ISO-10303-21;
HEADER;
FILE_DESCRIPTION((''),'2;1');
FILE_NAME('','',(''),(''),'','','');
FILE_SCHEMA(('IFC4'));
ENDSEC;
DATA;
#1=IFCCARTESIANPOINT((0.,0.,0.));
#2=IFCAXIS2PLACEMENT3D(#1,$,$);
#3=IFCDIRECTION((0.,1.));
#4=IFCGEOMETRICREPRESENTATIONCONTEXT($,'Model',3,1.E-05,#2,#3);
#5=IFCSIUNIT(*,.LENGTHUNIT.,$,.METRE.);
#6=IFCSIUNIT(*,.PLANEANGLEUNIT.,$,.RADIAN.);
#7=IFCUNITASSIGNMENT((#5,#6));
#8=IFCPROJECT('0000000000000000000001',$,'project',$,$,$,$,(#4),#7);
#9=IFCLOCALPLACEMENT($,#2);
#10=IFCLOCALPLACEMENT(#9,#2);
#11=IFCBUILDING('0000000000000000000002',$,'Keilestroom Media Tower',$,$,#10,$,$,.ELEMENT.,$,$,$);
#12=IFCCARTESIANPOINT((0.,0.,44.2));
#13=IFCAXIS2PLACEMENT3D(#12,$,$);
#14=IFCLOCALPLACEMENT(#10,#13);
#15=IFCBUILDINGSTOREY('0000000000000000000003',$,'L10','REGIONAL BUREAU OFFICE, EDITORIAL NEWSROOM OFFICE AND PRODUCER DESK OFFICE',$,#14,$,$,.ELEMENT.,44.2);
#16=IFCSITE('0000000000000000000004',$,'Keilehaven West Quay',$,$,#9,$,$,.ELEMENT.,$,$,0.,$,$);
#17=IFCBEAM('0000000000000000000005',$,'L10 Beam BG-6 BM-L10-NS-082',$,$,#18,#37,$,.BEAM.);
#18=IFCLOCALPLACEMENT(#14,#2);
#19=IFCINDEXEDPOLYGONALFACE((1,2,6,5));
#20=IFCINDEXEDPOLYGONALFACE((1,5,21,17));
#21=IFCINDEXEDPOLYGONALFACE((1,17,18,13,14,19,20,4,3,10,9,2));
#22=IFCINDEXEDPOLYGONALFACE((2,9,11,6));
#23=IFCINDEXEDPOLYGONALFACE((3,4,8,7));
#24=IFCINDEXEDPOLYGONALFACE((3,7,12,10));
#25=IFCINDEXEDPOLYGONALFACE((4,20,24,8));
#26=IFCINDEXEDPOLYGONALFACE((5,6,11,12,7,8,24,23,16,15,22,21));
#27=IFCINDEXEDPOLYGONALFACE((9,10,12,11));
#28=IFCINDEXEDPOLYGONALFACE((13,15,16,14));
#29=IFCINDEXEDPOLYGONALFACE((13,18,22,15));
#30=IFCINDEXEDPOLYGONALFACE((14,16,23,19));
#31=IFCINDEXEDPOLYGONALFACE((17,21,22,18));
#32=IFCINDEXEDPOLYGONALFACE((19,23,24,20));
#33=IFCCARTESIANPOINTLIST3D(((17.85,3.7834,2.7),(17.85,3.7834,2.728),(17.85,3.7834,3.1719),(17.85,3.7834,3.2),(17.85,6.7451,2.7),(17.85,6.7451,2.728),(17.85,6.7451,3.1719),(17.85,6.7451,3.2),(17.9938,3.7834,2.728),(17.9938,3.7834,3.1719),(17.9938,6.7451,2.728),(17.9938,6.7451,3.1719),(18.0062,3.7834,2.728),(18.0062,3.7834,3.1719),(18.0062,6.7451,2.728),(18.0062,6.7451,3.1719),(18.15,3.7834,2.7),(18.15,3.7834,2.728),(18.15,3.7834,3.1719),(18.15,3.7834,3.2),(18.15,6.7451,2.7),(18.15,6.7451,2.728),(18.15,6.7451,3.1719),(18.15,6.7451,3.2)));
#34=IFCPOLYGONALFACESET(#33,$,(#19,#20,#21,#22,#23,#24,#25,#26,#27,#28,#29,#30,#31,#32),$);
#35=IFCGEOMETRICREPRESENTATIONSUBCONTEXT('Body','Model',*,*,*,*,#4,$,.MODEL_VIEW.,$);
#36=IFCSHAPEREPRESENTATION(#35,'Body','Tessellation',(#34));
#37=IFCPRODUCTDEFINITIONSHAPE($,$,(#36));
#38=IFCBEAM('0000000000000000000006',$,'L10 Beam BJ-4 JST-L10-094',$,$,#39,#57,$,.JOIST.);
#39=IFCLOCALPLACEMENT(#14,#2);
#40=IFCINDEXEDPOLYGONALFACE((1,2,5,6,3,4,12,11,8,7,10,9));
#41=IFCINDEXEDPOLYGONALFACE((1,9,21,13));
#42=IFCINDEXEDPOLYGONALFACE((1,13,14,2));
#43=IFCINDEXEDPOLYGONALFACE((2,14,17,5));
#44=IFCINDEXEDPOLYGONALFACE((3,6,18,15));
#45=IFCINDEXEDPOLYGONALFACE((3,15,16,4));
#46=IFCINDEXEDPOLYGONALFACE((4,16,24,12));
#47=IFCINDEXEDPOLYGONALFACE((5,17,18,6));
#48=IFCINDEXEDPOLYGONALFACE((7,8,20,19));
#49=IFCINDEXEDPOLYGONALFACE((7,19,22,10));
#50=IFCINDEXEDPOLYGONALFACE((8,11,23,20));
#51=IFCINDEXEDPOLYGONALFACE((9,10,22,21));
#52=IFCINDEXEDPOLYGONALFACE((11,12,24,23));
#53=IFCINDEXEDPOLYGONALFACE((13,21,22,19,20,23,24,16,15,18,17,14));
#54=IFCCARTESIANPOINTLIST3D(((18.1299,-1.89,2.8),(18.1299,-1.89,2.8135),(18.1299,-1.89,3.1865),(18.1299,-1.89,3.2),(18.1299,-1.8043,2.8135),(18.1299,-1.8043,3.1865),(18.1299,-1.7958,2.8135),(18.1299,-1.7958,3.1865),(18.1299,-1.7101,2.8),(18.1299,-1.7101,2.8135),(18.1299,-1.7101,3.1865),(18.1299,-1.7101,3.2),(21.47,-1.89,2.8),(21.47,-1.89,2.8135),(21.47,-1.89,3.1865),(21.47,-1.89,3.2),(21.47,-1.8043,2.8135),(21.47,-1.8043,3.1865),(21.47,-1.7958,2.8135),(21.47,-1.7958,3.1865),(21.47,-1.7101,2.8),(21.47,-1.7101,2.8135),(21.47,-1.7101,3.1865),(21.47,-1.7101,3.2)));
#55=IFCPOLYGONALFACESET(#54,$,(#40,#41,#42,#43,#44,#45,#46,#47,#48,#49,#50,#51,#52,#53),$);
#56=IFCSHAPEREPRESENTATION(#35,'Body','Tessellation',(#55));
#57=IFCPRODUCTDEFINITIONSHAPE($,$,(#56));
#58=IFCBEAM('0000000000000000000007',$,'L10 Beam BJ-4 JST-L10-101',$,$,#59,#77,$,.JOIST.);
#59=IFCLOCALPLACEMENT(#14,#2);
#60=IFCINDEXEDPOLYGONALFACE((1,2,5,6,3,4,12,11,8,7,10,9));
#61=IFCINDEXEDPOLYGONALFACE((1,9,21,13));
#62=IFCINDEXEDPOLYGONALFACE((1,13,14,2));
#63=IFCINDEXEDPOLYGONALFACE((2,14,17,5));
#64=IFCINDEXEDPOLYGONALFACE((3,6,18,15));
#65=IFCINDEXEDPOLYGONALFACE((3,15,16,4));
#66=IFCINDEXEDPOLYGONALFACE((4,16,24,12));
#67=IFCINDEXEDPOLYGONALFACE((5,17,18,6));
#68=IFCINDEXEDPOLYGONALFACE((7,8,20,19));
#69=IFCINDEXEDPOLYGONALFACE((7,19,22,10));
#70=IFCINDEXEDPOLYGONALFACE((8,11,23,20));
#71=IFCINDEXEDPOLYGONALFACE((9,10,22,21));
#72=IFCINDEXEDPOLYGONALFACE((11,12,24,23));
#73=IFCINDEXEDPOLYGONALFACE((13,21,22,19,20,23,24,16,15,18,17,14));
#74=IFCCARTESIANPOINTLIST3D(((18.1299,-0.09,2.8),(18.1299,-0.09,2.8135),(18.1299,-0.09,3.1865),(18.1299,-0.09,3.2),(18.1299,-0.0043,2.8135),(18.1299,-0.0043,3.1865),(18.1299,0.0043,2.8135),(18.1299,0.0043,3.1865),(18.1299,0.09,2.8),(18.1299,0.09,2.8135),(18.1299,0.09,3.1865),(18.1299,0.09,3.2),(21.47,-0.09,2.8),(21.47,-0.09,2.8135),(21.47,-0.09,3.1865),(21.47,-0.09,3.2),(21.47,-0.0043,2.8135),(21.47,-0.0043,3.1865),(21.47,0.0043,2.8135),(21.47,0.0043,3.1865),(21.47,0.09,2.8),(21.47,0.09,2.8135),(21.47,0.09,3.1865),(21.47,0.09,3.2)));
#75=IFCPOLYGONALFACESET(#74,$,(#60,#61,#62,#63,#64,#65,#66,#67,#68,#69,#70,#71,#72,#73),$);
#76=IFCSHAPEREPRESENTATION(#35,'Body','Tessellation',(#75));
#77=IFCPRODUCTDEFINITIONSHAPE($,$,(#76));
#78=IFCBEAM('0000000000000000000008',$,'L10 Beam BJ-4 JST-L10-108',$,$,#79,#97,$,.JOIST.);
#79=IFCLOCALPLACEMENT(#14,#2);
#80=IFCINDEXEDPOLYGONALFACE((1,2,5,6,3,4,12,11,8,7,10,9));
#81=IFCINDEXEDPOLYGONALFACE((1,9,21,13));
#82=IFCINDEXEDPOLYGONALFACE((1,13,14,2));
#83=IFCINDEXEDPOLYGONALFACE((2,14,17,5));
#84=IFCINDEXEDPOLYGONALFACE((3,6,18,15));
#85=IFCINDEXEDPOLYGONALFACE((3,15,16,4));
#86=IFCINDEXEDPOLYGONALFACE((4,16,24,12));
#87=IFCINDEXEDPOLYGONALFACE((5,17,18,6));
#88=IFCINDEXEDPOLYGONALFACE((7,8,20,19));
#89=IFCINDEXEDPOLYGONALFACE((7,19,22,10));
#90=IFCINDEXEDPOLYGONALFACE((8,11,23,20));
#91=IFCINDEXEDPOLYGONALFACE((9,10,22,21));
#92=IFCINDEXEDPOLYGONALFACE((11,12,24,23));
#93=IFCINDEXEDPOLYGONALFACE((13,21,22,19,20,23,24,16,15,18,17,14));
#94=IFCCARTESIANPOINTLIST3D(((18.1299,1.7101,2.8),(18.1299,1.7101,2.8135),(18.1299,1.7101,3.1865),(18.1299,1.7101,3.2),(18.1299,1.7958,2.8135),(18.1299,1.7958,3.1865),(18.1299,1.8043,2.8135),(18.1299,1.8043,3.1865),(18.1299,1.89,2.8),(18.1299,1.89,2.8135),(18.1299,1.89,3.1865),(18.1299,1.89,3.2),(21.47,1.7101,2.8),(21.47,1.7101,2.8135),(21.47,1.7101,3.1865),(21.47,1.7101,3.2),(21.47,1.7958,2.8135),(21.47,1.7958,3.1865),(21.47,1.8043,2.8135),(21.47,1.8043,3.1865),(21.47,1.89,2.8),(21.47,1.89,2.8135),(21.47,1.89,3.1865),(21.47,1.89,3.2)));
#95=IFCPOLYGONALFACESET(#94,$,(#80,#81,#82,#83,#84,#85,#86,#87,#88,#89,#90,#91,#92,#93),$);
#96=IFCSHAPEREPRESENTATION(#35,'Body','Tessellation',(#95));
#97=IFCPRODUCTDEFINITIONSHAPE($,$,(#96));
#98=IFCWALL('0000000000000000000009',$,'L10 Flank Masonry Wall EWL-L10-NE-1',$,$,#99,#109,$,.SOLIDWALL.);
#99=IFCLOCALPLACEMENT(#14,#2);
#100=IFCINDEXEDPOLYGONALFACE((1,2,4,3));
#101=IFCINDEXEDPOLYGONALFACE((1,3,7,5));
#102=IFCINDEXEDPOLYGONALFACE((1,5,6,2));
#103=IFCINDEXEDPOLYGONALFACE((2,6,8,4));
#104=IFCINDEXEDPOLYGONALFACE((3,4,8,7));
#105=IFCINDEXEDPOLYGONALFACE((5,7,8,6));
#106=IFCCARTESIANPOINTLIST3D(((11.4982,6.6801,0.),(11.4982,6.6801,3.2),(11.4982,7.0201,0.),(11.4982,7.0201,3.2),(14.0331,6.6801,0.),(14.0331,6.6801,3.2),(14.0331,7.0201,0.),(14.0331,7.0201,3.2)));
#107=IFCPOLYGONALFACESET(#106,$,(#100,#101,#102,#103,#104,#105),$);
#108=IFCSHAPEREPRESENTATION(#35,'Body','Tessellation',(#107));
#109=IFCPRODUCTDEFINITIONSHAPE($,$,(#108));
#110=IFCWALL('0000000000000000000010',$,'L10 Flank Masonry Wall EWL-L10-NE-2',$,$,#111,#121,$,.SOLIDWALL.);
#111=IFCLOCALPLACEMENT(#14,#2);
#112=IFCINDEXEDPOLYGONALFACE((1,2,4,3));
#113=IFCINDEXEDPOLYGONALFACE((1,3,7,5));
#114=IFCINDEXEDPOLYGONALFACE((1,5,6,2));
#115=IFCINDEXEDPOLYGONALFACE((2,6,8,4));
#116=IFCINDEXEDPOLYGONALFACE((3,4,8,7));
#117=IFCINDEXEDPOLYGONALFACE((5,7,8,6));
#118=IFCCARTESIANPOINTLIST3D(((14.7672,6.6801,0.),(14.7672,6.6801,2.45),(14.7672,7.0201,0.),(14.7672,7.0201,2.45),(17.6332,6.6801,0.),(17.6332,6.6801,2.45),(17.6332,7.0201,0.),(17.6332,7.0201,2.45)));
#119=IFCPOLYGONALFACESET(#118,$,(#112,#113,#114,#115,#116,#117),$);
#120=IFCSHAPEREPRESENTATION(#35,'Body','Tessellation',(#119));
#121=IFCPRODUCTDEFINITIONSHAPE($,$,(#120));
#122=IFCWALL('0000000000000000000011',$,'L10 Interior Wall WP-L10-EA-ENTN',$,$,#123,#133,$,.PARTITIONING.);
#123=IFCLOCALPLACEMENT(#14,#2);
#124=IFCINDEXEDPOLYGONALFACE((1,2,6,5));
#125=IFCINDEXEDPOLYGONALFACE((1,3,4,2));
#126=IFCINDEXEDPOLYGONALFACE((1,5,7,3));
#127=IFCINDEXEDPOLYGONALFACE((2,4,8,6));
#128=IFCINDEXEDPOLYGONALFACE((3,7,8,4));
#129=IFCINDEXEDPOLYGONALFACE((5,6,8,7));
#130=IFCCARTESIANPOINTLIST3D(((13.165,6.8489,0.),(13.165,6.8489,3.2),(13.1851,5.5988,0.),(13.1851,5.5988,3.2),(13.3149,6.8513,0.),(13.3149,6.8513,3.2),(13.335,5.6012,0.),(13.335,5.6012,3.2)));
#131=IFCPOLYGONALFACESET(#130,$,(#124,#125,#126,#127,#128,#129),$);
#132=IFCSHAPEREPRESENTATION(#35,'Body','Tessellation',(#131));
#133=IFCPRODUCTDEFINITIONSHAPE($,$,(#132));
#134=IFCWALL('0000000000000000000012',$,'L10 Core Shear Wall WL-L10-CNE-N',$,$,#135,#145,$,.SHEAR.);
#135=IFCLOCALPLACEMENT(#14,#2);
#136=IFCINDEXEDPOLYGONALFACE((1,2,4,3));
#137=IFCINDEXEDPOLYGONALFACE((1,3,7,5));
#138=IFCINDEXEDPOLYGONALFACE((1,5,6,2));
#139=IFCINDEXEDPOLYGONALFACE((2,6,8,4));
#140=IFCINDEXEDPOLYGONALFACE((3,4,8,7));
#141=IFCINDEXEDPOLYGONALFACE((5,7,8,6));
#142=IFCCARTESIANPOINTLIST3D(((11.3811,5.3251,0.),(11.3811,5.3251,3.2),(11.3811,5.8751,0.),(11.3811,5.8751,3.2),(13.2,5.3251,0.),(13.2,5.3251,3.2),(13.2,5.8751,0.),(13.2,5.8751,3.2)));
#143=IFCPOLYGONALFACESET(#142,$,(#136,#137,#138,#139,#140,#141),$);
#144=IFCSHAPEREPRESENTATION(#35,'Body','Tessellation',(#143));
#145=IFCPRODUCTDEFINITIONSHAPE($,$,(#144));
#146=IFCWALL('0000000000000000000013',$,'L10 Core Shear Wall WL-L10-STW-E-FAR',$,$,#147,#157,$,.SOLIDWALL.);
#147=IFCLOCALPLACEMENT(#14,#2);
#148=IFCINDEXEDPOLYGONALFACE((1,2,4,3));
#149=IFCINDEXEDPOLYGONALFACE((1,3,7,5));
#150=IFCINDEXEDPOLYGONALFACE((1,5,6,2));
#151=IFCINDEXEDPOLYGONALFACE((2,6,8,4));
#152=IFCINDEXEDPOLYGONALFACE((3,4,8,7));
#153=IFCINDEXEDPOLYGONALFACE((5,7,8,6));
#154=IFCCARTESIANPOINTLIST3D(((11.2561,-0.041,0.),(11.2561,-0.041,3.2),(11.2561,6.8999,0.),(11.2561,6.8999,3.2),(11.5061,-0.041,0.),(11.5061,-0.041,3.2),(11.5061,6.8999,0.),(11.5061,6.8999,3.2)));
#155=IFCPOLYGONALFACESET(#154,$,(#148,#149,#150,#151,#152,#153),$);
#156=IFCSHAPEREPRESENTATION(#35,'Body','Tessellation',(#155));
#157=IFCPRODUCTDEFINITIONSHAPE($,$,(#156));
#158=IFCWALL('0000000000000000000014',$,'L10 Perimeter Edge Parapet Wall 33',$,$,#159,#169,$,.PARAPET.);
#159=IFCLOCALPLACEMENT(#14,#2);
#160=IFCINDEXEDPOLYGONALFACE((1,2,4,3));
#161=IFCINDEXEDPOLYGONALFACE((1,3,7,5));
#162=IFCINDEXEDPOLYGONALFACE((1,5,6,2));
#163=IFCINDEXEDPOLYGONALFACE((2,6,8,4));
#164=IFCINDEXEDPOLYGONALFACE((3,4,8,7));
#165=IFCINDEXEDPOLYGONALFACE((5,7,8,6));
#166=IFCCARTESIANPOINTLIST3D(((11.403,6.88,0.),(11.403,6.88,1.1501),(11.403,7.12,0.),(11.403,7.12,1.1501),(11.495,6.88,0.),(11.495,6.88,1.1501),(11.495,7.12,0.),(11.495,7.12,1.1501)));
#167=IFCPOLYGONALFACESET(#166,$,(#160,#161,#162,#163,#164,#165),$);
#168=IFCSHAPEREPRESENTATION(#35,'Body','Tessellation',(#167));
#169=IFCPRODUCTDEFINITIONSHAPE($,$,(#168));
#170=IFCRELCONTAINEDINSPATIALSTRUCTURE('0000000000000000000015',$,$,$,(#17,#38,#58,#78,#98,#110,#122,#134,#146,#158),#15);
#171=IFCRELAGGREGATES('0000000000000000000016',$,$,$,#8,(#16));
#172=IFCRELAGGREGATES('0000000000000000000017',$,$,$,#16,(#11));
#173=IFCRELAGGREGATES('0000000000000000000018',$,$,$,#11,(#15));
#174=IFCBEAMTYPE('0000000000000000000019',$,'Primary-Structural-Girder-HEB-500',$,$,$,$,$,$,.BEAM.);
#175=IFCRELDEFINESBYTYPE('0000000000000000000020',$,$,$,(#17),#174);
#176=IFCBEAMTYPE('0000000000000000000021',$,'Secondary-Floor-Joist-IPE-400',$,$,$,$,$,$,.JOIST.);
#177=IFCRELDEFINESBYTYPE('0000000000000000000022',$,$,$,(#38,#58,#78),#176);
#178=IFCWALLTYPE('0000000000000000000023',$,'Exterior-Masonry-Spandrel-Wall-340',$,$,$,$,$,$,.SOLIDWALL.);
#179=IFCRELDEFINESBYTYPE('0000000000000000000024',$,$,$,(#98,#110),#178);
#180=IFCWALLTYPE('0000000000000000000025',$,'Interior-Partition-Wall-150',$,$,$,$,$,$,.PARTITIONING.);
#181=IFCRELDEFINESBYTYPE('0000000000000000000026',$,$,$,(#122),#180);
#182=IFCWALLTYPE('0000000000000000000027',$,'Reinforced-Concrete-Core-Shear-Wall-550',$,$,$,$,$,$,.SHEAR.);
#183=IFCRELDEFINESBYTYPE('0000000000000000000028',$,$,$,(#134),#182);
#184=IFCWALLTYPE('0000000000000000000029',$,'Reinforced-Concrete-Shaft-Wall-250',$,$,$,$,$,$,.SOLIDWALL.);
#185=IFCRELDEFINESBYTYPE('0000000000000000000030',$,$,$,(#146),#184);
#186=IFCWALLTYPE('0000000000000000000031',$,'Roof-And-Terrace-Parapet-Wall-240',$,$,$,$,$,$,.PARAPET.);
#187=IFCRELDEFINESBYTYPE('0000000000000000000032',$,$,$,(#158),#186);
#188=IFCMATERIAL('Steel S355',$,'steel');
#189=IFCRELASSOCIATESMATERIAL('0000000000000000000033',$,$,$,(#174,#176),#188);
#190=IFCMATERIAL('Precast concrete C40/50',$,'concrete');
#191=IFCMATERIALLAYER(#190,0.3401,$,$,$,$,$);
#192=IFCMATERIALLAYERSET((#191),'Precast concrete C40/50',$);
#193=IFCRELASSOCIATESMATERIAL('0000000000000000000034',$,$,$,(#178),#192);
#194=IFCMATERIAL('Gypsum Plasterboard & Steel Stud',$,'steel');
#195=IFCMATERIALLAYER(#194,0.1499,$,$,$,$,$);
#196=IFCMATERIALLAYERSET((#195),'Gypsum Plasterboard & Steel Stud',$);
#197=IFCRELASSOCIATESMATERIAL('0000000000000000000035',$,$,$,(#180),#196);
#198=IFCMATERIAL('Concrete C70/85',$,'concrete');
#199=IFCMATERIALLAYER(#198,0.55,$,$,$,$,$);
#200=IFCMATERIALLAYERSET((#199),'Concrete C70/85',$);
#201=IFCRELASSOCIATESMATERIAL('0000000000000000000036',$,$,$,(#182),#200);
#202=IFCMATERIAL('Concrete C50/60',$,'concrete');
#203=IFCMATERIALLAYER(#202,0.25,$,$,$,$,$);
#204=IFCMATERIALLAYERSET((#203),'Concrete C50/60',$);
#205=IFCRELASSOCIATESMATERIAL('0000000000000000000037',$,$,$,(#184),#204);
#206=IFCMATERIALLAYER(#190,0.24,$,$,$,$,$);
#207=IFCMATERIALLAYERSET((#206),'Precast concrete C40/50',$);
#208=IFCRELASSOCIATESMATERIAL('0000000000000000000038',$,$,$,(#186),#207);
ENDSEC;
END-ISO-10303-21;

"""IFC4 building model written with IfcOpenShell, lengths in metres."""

from ifc_helpers import new_model, si_unit, direction, frame, frame_2d, origin, origin_2d, place, context, subcontext, project, spatial, rectangle, i_section, extrude, source, transform, mapped, material, layer, layer_set, material_profile, profile_set, type_object, element, save


model = new_model("IFC4")

# Units and contexts
model_context = context("Model", 3, precision=1e-05, world=origin(), true_north=direction((0.0, 1.0)))
body_context = subcontext(model_context, "Body", "Model", "MODEL_VIEW")
ifc_project = project(units=[si_unit("LENGTHUNIT", "METRE"), si_unit("PLANEANGLEUNIT", "RADIAN")], contexts=[model_context])

# Site, building, storey
site_placement = place(None, origin())
site = spatial("IfcSite", under=ifc_project, at=site_placement, Name="Keilehaven West Quay", CompositionType="ELEMENT", RefElevation=0.0)
building_placement = place(site_placement, origin())
building = spatial("IfcBuilding", under=site, at=building_placement, Name="Keilestroom Media Tower", CompositionType="ELEMENT")
storey_placement = place(building_placement, frame((0.0, 0.0, 44.2)))
storey = spatial("IfcBuildingStorey", under=building, at=storey_placement, Name="L10", Description="REGIONAL BUREAU OFFICE, EDITORIAL NEWSROOM OFFICE AND PRODUCER DESK OFFICE", CompositionType="ELEMENT", Elevation=44.2)

# Shared definitions
ifc_material_1 = material(Name="Precast concrete C40/50", Category="concrete")

# Beams
ifc_material_2 = material(Name="Steel S355", Category="steel")
ifc_material_profile_1 = material_profile(ifc_material_2, i_section(OverallWidth=0.3, OverallDepth=0.5, WebThickness=0.0125, FlangeThickness=0.0281, at=origin_2d()), Name="HEB 500")
ifc_profile_set_1 = profile_set([ifc_material_profile_1], Name="Steel S355")
beam_type_1 = type_object("IfcBeamType", Name="Primary-Structural-Girder-HEB-500", PredefinedType="BEAM", material=ifc_profile_set_1)
shared_shape_1 = source(origin(), body_context, "Body", "SweptSolid", [
    extrude(i_section(OverallWidth=0.3, OverallDepth=0.5, WebThickness=0.0125, FlangeThickness=0.0281, at=origin_2d()), origin(), (0.0, 0.0, 1.0), 2.9617),
])
for number, where, z_axis, x_axis, name in (
    (1, (18.0, 3.7834, 2.95), (0.0, 1.0, 0.0), (-1.0, 0.0, 0.0), "L10 Beam BG-6 BM-L10-NS-082"),
):
    element("IfcBeam", number, at=place(storey_placement, frame(where, z_axis=z_axis, x_axis=x_axis)), inside=storey, type_object=beam_type_1, Name=name, PredefinedType="BEAM", context=body_context, shape_type="MappedRepresentation", body=[
        mapped(shared_shape_1, transform((0.0, 0.0, 0.0), x_axis=(1.0, 0.0, 0.0), y_axis=(0.0, 1.0, 0.0), z_axis=(0.0, 0.0, 1.0), scale=1.0)),
    ])
ifc_material_profile_2 = material_profile(ifc_material_2, i_section(OverallWidth=0.1799, OverallDepth=0.3999, WebThickness=0.0085, FlangeThickness=0.0134, at=origin_2d()), Name="IPE 400")
ifc_profile_set_2 = profile_set([ifc_material_profile_2], Name="Steel S355")
beam_type_2 = type_object("IfcBeamType", Name="Secondary-Floor-Joist-IPE-400", PredefinedType="JOIST", material=ifc_profile_set_2)
shared_shape_2 = source(origin(), body_context, "Body", "SweptSolid", [
    extrude(i_section(OverallWidth=0.1799, OverallDepth=0.3999, WebThickness=0.0085, FlangeThickness=0.0134, at=origin_2d()), origin(), (0.0, 0.0, 1.0), 3.3401),
])
for number, where, z_axis, x_axis, name in (
    (2, (18.1299, -1.8, 3.0), (1.0, 0.0, 0.0), (0.0, 1.0, 0.0), "L10 Beam BJ-4 JST-L10-094"),
    (3, (18.1299, 0.0, 3.0), (1.0, 0.0, 0.0), (0.0, 1.0, 0.0), "L10 Beam BJ-4 JST-L10-101"),
    (4, (18.1299, 1.8, 3.0), (1.0, 0.0, 0.0), (0.0, 1.0, 0.0), "L10 Beam BJ-4 JST-L10-108"),
):
    element("IfcBeam", number, at=place(storey_placement, frame(where, z_axis=z_axis, x_axis=x_axis)), inside=storey, type_object=beam_type_2, Name=name, PredefinedType="JOIST", context=body_context, shape_type="MappedRepresentation", body=[
        mapped(shared_shape_2, transform((0.0, 0.0, 0.0), x_axis=(1.0, 0.0, 0.0), y_axis=(0.0, 1.0, 0.0), z_axis=(0.0, 0.0, 1.0), scale=1.0)),
    ])

# Walls
ifc_layer_1 = layer(ifc_material_1, 0.3401)
ifc_layer_set_1 = layer_set([ifc_layer_1], Name="Precast concrete C40/50")
wall_type_1 = type_object("IfcWallType", Name="Exterior-Masonry-Spandrel-Wall-340", PredefinedType="SOLIDWALL", material=ifc_layer_set_1)
wall_1_placement = place(storey_placement, frame((11.498, 6.8501, 0.0), z_axis=(0.0, 0.0, 1.0), x_axis=(1.0, 0.0, 0.0)))
element("IfcWall", 5, at=wall_1_placement, inside=storey, type_object=wall_type_1, Name="L10 Flank Masonry Wall EWL-L10-NE-1", PredefinedType="SOLIDWALL", context=body_context, shape_type="SweptSolid", body=[
    extrude(rectangle(XDim=2.5349, YDim=0.3401, at=frame_2d((1.2676, 0.0))), origin(), (0.0, 0.0, 1.0), 3.2),
])
wall_2_placement = place(storey_placement, frame((14.7671, 6.8501, 0.0), z_axis=(0.0, 0.0, 1.0), x_axis=(1.0, 0.0, 0.0)))
element("IfcWall", 6, at=wall_2_placement, inside=storey, type_object=wall_type_1, Name="L10 Flank Masonry Wall EWL-L10-NE-2", PredefinedType="SOLIDWALL", context=body_context, shape_type="SweptSolid", body=[
    extrude(rectangle(XDim=2.866, YDim=0.3401, at=frame_2d((1.4331, 0.0))), origin(), (0.0, 0.0, 1.0), 2.45),
])
ifc_material_3 = material(Name="Gypsum Plasterboard & Steel Stud", Category="steel")
ifc_layer_2 = layer(ifc_material_3, 0.1499)
ifc_layer_set_2 = layer_set([ifc_layer_2], Name="Gypsum Plasterboard & Steel Stud")
wall_type_2 = type_object("IfcWallType", Name="Interior-Partition-Wall-150", PredefinedType="PARTITIONING", material=ifc_layer_set_2)
wall_3_placement = place(storey_placement, frame((13.26, 5.6001, 0.0), z_axis=(0.0, 0.0, 1.0), x_axis=(-0.016014, 0.999872, 0.0)))
element("IfcWall", 7, at=wall_3_placement, inside=storey, type_object=wall_type_2, Name="L10 Interior Wall WP-L10-EA-ENTN", PredefinedType="PARTITIONING", context=body_context, shape_type="SweptSolid", body=[
    extrude(rectangle(XDim=1.2502, YDim=0.1499, at=frame_2d((0.625, 0.0))), origin(), (0.0, 0.0, 1.0), 3.2),
])
ifc_material_4 = material(Name="Concrete C70/85", Category="concrete")
ifc_layer_3 = layer(ifc_material_4, 0.55)
ifc_layer_set_3 = layer_set([ifc_layer_3], Name="Concrete C70/85")
wall_type_3 = type_object("IfcWallType", Name="Reinforced-Concrete-Core-Shear-Wall-550", PredefinedType="SHEAR", material=ifc_layer_set_3)
wall_4_placement = place(storey_placement, frame((11.3811, 5.6001, 0.0), z_axis=(0.0, 0.0, 1.0), x_axis=(1.0, 0.0, 0.0)))
element("IfcWall", 8, at=wall_4_placement, inside=storey, type_object=wall_type_3, Name="L10 Core Shear Wall WL-L10-CNE-N", PredefinedType="SHEAR", context=body_context, shape_type="SweptSolid", body=[
    extrude(rectangle(XDim=1.8188, YDim=0.55, at=frame_2d((0.9094, 0.0))), origin(), (0.0, 0.0, 1.0), 3.2),
])
ifc_material_5 = material(Name="Concrete C50/60", Category="concrete")
ifc_layer_4 = layer(ifc_material_5, 0.25)
ifc_layer_set_4 = layer_set([ifc_layer_4], Name="Concrete C50/60")
wall_type_4 = type_object("IfcWallType", Name="Reinforced-Concrete-Shaft-Wall-250", PredefinedType="SOLIDWALL", material=ifc_layer_set_4)
wall_5_placement = place(storey_placement, frame((11.3811, -0.041, 0.0), z_axis=(0.0, 0.0, 1.0), x_axis=(0.0, 1.0, 0.0)))
element("IfcWall", 9, at=wall_5_placement, inside=storey, type_object=wall_type_4, Name="L10 Core Shear Wall WL-L10-STW-E-FAR", PredefinedType="SOLIDWALL", context=body_context, shape_type="SweptSolid", body=[
    extrude(rectangle(XDim=6.9409, YDim=0.25, at=frame_2d((3.4705, 0.0))), origin(), (0.0, 0.0, 1.0), 3.2),
])
ifc_layer_5 = layer(ifc_material_1, 0.24)
ifc_layer_set_5 = layer_set([ifc_layer_5], Name="Precast concrete C40/50")
wall_type_5 = type_object("IfcWallType", Name="Roof-And-Terrace-Parapet-Wall-240", PredefinedType="PARAPET", material=ifc_layer_set_5)
wall_6_placement = place(storey_placement, frame((11.4031, 7.0, 0.0), z_axis=(0.0, 0.0, 1.0), x_axis=(1.0, 0.0, 0.0)))
element("IfcWall", 10, at=wall_6_placement, inside=storey, type_object=wall_type_5, Name="L10 Perimeter Edge Parapet Wall 33", PredefinedType="PARAPET", context=body_context, shape_type="SweptSolid", body=[
    extrude(rectangle(XDim=0.092, YDim=0.24, at=frame_2d((0.0459, 0.0))), origin(), (0.0, 0.0, 1.0), 1.1501),
])

save(model, "model.ifc")
